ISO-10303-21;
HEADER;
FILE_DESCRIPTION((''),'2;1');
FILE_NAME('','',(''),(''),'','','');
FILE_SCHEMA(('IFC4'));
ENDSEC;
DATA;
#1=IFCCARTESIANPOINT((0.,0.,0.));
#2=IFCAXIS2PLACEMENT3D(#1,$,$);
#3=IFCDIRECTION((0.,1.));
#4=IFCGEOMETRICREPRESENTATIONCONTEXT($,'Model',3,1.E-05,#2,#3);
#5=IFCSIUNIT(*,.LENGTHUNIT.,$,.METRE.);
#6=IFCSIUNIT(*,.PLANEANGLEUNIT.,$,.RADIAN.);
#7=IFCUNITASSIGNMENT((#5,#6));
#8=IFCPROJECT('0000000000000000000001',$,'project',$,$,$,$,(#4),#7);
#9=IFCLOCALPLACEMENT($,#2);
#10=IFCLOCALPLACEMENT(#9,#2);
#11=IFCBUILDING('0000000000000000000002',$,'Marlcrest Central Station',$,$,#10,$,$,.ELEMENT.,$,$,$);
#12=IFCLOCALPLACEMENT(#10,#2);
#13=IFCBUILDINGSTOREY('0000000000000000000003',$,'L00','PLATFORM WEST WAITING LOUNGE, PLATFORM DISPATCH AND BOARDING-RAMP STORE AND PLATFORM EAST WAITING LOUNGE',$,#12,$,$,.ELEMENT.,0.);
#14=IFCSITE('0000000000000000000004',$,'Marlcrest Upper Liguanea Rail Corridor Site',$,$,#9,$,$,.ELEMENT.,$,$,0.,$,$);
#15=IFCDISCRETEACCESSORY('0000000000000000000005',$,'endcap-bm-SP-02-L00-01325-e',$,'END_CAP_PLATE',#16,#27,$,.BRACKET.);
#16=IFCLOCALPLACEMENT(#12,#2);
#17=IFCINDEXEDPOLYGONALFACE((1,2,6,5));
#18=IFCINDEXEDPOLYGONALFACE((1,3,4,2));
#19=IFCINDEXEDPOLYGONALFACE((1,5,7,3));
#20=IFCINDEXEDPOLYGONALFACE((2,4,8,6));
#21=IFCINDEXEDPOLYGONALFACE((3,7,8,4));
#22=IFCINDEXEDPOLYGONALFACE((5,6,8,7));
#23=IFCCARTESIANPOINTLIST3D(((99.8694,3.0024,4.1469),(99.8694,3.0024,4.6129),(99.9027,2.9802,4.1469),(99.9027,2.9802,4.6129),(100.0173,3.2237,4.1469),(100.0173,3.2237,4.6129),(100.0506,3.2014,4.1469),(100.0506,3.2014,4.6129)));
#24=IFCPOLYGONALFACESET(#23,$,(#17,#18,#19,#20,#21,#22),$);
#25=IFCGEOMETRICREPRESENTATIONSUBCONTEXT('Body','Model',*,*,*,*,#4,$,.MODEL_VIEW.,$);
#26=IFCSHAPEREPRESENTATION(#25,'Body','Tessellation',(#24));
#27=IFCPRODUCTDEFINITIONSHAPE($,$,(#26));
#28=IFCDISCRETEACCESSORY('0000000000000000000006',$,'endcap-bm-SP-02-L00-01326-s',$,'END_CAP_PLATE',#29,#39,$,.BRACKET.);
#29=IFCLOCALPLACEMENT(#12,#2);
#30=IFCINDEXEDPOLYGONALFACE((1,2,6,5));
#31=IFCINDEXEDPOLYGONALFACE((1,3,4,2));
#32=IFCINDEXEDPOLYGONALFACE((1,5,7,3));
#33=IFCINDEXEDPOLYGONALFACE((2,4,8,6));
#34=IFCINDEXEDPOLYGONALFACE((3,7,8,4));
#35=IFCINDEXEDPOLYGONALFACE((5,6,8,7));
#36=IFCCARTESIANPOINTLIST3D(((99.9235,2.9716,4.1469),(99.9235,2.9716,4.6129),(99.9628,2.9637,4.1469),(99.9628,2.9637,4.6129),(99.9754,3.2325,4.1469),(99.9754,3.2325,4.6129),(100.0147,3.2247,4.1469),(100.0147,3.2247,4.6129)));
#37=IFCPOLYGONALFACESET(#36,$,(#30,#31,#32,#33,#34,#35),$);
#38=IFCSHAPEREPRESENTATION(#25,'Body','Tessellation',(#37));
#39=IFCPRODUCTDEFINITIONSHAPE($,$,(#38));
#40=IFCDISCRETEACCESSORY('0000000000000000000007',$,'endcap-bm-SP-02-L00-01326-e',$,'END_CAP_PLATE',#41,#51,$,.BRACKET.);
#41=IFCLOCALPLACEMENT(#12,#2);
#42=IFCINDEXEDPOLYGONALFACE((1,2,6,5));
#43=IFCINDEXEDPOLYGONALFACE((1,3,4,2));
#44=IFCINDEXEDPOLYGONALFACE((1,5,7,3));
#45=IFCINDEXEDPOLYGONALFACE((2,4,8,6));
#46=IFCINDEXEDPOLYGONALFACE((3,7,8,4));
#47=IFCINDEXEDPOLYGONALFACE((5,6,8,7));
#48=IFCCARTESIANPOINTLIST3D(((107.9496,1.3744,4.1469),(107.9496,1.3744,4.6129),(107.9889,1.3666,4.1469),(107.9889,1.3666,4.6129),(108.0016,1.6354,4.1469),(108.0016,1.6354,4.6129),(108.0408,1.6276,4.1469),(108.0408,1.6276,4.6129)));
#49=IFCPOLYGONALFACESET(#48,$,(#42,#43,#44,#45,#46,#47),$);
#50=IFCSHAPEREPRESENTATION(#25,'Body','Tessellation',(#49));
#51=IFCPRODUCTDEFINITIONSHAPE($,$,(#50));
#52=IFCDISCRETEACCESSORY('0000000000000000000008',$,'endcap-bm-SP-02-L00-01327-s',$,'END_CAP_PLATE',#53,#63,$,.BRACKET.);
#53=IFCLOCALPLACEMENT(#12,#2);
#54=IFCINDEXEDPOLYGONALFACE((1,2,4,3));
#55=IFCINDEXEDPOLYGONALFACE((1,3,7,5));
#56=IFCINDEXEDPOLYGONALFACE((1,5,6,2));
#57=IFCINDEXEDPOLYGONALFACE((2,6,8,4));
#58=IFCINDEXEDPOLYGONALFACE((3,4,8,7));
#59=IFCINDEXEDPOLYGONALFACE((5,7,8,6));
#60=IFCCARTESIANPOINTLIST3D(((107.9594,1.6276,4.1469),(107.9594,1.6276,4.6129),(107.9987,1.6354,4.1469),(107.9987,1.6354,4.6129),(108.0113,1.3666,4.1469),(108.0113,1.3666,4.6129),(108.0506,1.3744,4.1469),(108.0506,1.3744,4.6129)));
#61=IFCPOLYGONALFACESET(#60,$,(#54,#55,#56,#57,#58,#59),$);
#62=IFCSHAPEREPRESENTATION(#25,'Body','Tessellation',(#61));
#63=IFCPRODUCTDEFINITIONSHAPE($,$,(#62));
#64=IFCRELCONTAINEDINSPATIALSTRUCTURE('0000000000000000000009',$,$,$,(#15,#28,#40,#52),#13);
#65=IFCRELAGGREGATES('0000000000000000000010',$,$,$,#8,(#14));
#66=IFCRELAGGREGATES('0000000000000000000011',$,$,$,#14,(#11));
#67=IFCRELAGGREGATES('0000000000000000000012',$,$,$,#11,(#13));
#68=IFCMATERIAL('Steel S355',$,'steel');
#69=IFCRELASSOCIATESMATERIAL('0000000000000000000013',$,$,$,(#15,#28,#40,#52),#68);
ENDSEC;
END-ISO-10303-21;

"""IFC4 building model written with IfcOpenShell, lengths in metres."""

from ifc_helpers import new_model, si_unit, direction, frame, origin, origin_2d, place, context, subcontext, project, spatial, rectangle, extrude, material, element, save


model = new_model("IFC4")

# Units and contexts
model_context = context("Model", 3, precision=1e-05, world=origin(), true_north=direction((0.0, 1.0)))
body_context = subcontext(model_context, "Body", "Model", "MODEL_VIEW")
ifc_project = project(units=[si_unit("LENGTHUNIT", "METRE"), si_unit("PLANEANGLEUNIT", "RADIAN")], contexts=[model_context])

# Site, building, storey
site_placement = place(None, origin())
site = spatial("IfcSite", under=ifc_project, at=site_placement, Name="Marlcrest Upper Liguanea Rail Corridor Site", CompositionType="ELEMENT", RefElevation=0.0)
building_placement = place(site_placement, origin())
building = spatial("IfcBuilding", under=site, at=building_placement, Name="Marlcrest Central Station", CompositionType="ELEMENT")
storey_placement = place(building_placement, origin())
storey = spatial("IfcBuildingStorey", under=building, at=storey_placement, Name="L00", Description="PLATFORM WEST WAITING LOUNGE, PLATFORM DISPATCH AND BOARDING-RAMP STORE AND PLATFORM EAST WAITING LOUNGE", CompositionType="ELEMENT", Elevation=0.0)

# Shared definitions
ifc_material_1 = material(Name="Steel S355", Category="steel")

# Discrete accessories
for number, where, z_axis, x_axis, name in (
    (1, (99.9434, 3.113, 4.3799), (0.831509, -0.555511, 0.0), (0.555511, 0.831509, 0.0), "endcap-bm-SP-02-L00-01325-e"),
    (2, (99.9495, 3.1021, 4.3799), (0.980769, -0.195171, 0.0), (0.195171, 0.980769, 0.0), "endcap-bm-SP-02-L00-01326-s"),
    (3, (107.9756, 1.5049, 4.3799), (0.980769, -0.195171, 0.0), (0.195171, 0.980769, 0.0), "endcap-bm-SP-02-L00-01326-e"),
    (4, (107.9854, 1.4971, 4.3799), (0.980769, 0.195171, 0.0), (-0.195171, 0.980769, 0.0), "endcap-bm-SP-02-L00-01327-s"),
):
    element("IfcDiscreteAccessory", number, at=place(storey_placement, frame(where, z_axis=z_axis, x_axis=x_axis)), inside=storey, material=ifc_material_1, Name=name, ObjectType="END_CAP_PLATE", PredefinedType="BRACKET", context=body_context, shape_type="SweptSolid", body=[
        extrude(rectangle(XDim=0.2661, YDim=0.4661, at=origin_2d()), origin(), (0.0, 0.0, 1.0), 0.04),
    ])

save(model, "model.ifc")
